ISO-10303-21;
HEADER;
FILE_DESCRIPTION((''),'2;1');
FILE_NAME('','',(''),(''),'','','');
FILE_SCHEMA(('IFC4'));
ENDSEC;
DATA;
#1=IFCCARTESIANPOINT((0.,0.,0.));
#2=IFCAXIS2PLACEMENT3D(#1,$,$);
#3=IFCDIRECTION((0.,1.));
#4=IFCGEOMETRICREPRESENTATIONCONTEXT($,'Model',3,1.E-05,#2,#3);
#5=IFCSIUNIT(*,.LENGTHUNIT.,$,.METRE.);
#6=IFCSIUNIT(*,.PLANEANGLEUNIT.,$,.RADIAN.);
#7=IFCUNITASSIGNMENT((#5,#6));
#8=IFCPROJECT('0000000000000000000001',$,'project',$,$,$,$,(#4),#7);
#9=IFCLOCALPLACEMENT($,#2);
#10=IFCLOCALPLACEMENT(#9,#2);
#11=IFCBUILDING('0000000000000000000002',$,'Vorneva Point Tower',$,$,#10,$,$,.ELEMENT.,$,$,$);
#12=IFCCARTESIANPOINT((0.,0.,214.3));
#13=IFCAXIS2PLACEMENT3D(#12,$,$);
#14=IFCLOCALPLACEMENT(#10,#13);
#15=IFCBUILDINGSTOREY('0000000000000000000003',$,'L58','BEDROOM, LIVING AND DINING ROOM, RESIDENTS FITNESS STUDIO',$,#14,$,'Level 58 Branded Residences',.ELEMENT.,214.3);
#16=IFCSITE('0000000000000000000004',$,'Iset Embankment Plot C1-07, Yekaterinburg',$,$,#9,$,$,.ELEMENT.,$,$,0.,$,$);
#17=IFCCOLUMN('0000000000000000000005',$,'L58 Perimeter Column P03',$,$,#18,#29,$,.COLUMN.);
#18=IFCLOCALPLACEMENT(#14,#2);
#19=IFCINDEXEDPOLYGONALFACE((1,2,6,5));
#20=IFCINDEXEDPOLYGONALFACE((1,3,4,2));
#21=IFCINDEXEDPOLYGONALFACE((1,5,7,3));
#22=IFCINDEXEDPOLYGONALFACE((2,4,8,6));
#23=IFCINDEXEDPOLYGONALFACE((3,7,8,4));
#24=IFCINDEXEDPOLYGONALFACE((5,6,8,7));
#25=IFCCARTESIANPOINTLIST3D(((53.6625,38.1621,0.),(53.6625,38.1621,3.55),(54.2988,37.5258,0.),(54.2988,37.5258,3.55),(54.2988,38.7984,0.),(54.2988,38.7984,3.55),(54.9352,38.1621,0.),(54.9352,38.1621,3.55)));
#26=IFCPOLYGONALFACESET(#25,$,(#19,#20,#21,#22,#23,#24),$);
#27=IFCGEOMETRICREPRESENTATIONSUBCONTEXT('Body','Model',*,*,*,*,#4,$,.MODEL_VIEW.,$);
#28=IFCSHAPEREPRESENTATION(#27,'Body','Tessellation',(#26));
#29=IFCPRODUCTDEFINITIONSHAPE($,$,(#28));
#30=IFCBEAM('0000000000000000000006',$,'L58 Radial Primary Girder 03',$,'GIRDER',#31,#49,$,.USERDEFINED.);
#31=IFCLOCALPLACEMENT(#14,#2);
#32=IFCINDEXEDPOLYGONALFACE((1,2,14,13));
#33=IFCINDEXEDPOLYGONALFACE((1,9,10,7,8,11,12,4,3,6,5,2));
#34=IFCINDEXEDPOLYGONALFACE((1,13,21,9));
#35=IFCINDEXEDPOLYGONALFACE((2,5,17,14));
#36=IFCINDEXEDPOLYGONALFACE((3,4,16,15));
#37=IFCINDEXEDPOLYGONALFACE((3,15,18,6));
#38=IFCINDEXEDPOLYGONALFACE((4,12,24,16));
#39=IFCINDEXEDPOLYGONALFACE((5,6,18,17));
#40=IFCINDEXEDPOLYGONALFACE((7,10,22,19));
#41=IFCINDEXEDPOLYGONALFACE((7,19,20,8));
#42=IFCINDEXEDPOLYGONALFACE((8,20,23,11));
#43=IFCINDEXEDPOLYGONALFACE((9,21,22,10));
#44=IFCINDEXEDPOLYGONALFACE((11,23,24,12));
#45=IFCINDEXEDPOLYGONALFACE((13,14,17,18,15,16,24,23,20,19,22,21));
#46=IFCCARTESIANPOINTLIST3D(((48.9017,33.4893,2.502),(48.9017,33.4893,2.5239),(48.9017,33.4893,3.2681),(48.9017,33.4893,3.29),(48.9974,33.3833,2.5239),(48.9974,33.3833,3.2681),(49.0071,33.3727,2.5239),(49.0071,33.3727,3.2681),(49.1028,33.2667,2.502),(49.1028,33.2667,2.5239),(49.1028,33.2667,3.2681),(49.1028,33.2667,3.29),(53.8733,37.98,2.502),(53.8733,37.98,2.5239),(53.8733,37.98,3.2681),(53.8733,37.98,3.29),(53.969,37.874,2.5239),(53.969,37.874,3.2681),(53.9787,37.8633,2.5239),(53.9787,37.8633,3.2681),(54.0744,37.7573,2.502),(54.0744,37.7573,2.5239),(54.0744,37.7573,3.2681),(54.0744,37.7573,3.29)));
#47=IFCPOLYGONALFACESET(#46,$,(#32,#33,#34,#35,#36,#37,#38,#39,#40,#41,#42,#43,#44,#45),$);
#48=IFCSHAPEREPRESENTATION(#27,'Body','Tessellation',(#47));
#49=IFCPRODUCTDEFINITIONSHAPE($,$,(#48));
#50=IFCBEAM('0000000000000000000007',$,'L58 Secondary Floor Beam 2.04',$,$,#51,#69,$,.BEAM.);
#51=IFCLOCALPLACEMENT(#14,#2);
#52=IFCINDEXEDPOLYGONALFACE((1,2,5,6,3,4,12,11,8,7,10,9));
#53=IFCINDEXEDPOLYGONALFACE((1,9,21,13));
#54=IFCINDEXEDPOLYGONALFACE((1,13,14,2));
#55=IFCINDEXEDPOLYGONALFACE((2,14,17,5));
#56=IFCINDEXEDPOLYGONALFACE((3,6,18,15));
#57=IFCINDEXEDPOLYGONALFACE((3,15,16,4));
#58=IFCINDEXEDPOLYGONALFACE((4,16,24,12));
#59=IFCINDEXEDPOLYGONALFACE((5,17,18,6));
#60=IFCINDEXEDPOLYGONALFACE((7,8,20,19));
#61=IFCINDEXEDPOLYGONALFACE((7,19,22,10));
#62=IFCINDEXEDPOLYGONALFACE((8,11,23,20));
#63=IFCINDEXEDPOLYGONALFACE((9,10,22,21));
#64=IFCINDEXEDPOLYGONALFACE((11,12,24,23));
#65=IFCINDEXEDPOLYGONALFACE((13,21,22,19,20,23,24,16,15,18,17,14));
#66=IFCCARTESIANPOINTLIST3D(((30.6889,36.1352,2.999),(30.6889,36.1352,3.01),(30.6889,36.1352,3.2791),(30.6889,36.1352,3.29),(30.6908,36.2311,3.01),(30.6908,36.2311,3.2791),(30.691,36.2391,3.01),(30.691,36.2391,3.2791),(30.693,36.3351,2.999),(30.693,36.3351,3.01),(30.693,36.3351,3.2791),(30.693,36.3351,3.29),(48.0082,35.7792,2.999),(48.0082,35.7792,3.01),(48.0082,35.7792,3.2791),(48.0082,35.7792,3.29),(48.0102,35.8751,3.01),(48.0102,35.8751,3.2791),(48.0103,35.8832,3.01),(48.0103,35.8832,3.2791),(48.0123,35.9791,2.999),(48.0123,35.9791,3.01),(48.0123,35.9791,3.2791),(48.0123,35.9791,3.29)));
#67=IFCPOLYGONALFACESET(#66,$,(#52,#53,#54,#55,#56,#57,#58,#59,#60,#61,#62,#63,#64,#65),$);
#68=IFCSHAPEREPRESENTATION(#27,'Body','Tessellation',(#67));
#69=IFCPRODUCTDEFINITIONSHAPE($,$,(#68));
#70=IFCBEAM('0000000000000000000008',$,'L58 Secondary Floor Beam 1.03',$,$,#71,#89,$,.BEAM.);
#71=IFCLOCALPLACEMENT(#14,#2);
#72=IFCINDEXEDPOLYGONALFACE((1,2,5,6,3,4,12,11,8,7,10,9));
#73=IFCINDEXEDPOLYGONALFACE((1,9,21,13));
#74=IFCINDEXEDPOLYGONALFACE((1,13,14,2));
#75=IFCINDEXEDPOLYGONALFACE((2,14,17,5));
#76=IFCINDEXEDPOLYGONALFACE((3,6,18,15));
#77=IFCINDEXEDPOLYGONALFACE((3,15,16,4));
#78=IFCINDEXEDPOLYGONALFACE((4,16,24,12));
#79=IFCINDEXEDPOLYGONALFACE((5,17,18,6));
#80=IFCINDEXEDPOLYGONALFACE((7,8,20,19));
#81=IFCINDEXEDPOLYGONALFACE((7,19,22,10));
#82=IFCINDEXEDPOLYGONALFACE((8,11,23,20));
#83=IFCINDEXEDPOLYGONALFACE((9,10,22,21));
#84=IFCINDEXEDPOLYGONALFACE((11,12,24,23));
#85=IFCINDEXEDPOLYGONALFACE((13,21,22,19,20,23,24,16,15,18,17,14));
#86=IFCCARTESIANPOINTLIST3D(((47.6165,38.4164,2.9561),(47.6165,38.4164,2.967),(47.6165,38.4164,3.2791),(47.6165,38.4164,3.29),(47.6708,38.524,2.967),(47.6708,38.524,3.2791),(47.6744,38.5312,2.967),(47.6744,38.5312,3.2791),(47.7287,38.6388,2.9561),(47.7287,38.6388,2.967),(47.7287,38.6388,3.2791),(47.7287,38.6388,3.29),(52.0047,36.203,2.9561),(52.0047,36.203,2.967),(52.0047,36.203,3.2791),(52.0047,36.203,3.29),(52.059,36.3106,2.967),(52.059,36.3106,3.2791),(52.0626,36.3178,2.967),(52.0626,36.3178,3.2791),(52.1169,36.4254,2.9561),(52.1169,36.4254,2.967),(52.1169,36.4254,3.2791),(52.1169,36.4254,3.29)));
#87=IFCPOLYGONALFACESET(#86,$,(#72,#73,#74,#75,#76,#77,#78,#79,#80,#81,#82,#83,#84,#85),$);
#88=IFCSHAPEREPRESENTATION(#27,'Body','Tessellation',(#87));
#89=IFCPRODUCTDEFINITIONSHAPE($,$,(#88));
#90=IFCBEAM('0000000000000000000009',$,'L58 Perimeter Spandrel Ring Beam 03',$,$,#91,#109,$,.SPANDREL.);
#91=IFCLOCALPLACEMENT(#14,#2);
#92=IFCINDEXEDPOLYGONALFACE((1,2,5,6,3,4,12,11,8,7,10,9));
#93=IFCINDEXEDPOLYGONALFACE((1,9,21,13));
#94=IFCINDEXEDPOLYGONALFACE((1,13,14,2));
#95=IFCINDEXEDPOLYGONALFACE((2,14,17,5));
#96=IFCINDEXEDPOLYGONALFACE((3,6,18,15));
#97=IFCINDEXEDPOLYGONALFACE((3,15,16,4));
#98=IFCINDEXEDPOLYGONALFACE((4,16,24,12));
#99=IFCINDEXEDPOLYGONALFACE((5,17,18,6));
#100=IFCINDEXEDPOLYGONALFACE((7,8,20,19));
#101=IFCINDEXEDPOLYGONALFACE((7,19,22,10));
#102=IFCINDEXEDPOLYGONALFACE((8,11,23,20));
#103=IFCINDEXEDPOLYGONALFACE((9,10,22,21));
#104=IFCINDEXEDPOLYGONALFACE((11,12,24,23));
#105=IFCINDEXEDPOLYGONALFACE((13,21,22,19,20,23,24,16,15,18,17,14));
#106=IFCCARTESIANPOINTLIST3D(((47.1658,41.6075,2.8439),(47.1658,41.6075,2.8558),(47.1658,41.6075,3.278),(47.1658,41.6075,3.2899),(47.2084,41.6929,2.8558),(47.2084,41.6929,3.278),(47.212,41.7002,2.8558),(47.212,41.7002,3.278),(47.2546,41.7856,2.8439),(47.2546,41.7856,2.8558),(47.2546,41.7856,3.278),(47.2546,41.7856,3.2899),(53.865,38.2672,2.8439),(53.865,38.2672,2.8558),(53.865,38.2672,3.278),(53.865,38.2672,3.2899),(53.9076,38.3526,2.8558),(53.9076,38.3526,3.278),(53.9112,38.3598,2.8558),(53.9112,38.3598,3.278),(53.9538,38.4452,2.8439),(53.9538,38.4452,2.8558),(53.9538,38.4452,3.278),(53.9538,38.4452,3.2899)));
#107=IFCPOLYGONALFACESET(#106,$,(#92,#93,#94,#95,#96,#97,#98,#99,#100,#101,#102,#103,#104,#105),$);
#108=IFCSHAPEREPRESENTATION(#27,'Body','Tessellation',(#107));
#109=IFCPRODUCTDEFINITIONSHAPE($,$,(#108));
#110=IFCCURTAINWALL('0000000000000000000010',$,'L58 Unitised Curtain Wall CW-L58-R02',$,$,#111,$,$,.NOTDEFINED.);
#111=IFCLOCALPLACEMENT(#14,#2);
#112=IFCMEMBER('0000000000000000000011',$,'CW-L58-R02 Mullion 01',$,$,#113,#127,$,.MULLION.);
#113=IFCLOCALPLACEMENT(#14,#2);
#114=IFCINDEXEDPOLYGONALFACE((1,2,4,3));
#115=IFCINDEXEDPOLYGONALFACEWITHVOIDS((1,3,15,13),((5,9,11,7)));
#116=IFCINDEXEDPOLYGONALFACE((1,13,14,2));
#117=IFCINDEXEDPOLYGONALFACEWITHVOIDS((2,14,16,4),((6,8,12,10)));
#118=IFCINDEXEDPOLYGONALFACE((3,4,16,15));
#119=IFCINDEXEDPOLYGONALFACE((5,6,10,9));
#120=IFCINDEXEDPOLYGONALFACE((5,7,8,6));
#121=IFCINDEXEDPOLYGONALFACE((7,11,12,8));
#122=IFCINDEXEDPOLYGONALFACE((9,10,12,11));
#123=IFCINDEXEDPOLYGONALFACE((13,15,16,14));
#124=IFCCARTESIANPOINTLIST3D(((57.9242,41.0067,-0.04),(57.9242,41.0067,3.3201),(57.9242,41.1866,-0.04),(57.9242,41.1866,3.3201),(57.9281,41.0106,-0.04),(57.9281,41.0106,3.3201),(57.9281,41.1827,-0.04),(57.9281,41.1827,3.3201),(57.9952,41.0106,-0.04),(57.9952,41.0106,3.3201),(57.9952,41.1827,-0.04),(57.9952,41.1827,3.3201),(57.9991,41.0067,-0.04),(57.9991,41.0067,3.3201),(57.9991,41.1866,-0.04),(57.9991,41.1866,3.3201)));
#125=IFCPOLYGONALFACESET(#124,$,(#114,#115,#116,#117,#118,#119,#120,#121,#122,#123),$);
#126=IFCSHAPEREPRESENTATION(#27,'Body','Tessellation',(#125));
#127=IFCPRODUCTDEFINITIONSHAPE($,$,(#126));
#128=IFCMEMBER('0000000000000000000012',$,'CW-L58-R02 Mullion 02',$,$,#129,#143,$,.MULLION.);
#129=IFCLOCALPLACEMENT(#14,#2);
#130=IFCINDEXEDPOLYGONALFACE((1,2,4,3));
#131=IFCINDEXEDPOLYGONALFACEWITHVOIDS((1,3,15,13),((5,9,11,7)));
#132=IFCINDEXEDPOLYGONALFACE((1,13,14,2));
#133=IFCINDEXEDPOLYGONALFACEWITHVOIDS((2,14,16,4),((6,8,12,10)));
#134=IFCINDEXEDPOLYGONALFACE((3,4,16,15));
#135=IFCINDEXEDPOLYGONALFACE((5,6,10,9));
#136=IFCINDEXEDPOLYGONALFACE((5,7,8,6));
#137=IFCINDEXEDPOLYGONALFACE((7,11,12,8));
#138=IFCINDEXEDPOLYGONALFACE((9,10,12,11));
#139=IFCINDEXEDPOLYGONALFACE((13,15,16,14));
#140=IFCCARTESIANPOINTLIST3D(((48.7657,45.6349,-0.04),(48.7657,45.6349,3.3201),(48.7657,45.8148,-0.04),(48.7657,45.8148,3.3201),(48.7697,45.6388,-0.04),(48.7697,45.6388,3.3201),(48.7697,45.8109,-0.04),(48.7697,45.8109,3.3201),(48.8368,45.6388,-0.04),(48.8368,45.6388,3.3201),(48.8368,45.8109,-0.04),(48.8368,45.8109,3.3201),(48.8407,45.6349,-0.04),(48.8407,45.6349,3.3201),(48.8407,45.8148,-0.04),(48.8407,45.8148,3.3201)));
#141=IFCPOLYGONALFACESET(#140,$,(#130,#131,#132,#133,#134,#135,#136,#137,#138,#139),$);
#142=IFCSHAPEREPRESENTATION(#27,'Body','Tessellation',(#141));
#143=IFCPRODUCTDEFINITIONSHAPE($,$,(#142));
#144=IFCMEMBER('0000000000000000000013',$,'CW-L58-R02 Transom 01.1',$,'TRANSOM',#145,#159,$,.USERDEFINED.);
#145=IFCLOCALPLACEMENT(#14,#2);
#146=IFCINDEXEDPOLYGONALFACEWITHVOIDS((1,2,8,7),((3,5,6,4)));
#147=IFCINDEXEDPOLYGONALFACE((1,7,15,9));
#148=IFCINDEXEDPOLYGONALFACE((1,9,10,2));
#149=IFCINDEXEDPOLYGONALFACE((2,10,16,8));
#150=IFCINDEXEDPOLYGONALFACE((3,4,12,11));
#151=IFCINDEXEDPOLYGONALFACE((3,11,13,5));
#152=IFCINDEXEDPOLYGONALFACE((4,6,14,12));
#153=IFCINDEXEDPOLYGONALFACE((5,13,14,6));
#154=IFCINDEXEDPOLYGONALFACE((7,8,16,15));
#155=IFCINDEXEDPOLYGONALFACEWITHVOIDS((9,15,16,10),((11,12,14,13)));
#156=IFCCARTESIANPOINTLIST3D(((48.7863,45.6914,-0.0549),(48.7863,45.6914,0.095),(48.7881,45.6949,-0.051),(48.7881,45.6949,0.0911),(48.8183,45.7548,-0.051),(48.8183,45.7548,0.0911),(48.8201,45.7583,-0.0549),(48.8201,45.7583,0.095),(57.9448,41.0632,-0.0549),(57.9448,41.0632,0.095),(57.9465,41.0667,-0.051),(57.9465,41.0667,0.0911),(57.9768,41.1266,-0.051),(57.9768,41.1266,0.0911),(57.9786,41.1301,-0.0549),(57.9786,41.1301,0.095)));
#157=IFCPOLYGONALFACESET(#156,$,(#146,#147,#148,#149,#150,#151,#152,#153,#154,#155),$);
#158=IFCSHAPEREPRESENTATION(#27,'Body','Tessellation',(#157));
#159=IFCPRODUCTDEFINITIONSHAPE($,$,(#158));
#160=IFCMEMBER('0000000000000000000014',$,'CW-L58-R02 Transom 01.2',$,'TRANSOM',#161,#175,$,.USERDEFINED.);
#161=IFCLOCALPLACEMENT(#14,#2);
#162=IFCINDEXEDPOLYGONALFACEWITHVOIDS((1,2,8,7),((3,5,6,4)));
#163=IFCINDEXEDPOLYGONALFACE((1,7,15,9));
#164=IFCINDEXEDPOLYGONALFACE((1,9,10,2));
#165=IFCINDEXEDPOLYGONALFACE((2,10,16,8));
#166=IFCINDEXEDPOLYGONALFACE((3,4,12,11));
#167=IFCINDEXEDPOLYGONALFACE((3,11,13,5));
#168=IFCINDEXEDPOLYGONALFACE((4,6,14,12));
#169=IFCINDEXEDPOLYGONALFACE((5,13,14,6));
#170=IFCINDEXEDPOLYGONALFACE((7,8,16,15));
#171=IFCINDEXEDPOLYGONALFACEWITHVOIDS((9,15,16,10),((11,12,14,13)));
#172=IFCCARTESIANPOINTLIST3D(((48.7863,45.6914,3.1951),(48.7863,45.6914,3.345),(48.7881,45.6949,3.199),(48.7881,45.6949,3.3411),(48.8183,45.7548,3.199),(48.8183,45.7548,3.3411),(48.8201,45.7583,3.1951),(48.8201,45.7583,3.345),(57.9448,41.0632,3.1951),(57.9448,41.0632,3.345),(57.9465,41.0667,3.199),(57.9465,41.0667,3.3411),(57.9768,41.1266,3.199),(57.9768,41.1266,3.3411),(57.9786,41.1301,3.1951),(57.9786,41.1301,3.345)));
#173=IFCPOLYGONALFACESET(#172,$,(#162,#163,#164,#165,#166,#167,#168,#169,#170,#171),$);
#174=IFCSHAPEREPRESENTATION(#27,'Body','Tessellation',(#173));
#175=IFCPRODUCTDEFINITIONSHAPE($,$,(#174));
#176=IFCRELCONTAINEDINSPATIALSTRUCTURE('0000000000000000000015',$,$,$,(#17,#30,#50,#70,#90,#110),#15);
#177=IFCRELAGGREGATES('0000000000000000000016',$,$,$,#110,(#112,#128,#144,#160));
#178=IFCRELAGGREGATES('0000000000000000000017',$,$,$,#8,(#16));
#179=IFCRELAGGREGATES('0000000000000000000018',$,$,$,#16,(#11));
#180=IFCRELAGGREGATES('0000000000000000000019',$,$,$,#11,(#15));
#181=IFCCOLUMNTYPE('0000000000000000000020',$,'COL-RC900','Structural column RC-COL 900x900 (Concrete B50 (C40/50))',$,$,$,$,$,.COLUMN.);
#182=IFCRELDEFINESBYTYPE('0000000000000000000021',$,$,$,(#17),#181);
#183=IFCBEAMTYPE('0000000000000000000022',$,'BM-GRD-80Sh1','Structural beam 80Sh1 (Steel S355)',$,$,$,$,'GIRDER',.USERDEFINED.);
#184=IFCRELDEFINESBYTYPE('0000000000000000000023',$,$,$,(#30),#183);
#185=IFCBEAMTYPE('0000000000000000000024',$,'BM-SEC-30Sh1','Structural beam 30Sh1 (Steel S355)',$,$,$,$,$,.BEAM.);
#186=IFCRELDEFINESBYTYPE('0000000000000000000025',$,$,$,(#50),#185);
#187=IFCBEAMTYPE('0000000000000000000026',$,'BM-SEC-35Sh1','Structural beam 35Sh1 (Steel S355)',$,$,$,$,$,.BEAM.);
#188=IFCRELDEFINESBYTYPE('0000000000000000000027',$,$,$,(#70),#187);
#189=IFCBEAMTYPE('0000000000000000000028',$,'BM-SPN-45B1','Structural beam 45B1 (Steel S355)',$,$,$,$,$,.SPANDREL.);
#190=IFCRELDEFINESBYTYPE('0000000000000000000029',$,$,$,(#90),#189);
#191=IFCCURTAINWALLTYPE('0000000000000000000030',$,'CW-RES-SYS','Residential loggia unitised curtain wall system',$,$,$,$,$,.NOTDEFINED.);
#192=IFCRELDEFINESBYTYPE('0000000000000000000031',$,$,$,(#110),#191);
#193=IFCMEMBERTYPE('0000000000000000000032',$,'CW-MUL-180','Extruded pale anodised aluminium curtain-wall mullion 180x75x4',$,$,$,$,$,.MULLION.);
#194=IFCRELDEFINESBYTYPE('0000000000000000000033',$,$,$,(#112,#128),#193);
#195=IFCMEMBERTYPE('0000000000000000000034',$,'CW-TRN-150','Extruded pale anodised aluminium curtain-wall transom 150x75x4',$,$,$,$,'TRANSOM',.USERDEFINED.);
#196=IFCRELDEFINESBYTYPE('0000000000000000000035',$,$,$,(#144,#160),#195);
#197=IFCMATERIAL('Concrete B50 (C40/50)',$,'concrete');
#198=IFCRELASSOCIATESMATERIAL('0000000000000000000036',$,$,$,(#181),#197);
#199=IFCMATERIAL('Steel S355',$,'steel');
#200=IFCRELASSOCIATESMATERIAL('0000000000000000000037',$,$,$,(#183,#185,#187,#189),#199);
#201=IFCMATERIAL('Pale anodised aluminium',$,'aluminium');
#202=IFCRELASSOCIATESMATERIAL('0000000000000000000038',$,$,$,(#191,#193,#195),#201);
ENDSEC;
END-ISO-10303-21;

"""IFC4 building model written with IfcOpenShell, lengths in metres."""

from ifc_helpers import new_model, si_unit, direction, frame, origin, origin_2d, place, context, subcontext, project, spatial, rectangle, hollow_rectangle, i_section, extrude, material, material_profile, profile_set, type_object, element, aggregate, save


model = new_model("IFC4")

# Units and contexts
model_context = context("Model", 3, precision=1e-05, world=origin(), true_north=direction((0.0, 1.0)))
body_context = subcontext(model_context, "Body", "Model", "MODEL_VIEW")
ifc_project = project(units=[si_unit("LENGTHUNIT", "METRE"), si_unit("PLANEANGLEUNIT", "RADIAN")], contexts=[model_context])

# Site, building, storey
site_placement = place(None, origin())
site = spatial("IfcSite", under=ifc_project, at=site_placement, Name="Iset Embankment Plot C1-07, Yekaterinburg", CompositionType="ELEMENT", RefElevation=0.0)
building_placement = place(site_placement, origin())
building = spatial("IfcBuilding", under=site, at=building_placement, Name="Vorneva Point Tower", CompositionType="ELEMENT")
storey_placement = place(building_placement, frame((0.0, 0.0, 214.3)))
storey = spatial("IfcBuildingStorey", under=building, at=storey_placement, Name="L58", Description="BEDROOM, LIVING AND DINING ROOM, RESIDENTS FITNESS STUDIO", LongName="Level 58 Branded Residences", CompositionType="ELEMENT", Elevation=214.3)

# Column
ifc_material_1 = material(Name="Concrete B50 (C40/50)", Category="concrete")
ifc_material_profile_1 = material_profile(ifc_material_1, rectangle(XDim=0.8999, YDim=0.8999, at=origin_2d()), Name="RC-COL 900x900")
ifc_profile_set_1 = profile_set([ifc_material_profile_1], Name="Concrete B50 (C40/50)")
column_type = type_object("IfcColumnType", Name="COL-RC900", Description="Structural column RC-COL 900x900 (Concrete B50 (C40/50))", PredefinedType="COLUMN", material=ifc_profile_set_1)
column_placement = place(storey_placement, frame((54.2988, 38.1621, 0.0), z_axis=(0.0, 0.0, 1.0), x_axis=(0.707107, 0.707107, 0.0)))
element("IfcColumn", 1, at=column_placement, inside=storey, type_object=column_type, Name="L58 Perimeter Column P03", PredefinedType="COLUMN", context=body_context, shape_type="SweptSolid", body=[
    extrude(rectangle(XDim=0.8999, YDim=0.8999, at=origin_2d()), origin(), (0.0, 0.0, 1.0), 3.55),
])

# Beams
ifc_material_2 = material(Name="Steel S355", Category="steel")
ifc_material_profile_2 = material_profile(ifc_material_2, i_section(OverallWidth=0.3, OverallDepth=0.7881, WebThickness=0.0144, FlangeThickness=0.022, at=origin_2d()), Name="80Sh1")
ifc_profile_set_2 = profile_set([ifc_material_profile_2], Name="Steel S355")
beam_type_1 = type_object("IfcBeamType", Name="BM-GRD-80Sh1", Description="Structural beam 80Sh1 (Steel S355)", ElementType="GIRDER", PredefinedType="USERDEFINED", material=ifc_profile_set_2)
beam_1_placement = place(storey_placement, frame((53.9739, 37.8687, 2.896), z_axis=(-0.74209, -0.670301, 0.0), x_axis=(0.670301, -0.74209, 0.0)))
element("IfcBeam", 2, at=beam_1_placement, inside=storey, type_object=beam_type_1, Name="L58 Radial Primary Girder 03", ObjectType="GIRDER", PredefinedType="USERDEFINED", context=body_context, shape_type="SweptSolid", body=[
    extrude(i_section(OverallWidth=0.3, OverallDepth=0.7881, WebThickness=0.0144, FlangeThickness=0.022, at=origin_2d()), origin(), (0.0, 0.0, 1.0), 6.6995),
])
ifc_material_profile_3 = material_profile(ifc_material_2, i_section(OverallWidth=0.2, OverallDepth=0.291, WebThickness=0.0081, FlangeThickness=0.011, at=origin_2d()), Name="30Sh1")
ifc_profile_set_3 = profile_set([ifc_material_profile_3], Name="Steel S355")
beam_type_2 = type_object("IfcBeamType", Name="BM-SEC-30Sh1", Description="Structural beam 30Sh1 (Steel S355)", PredefinedType="BEAM", material=ifc_profile_set_3)
beam_2_placement = place(storey_placement, frame((48.0103, 35.8792, 3.1445), z_axis=(-0.999789, 0.020548, 0.0), x_axis=(-0.020548, -0.999789, 0.0)))
element("IfcBeam", 3, at=beam_2_placement, inside=storey, type_object=beam_type_2, Name="L58 Secondary Floor Beam 2.04", PredefinedType="BEAM", context=body_context, shape_type="SweptSolid", body=[
    extrude(i_section(OverallWidth=0.2, OverallDepth=0.291, WebThickness=0.0081, FlangeThickness=0.011, at=origin_2d()), origin(), (0.0, 0.0, 1.0), 17.323),
])
ifc_material_profile_4 = material_profile(ifc_material_2, i_section(OverallWidth=0.249, OverallDepth=0.334, WebThickness=0.0081, FlangeThickness=0.011, at=origin_2d()), Name="35Sh1")
ifc_profile_set_4 = profile_set([ifc_material_profile_4], Name="Steel S355")
beam_type_3 = type_object("IfcBeamType", Name="BM-SEC-35Sh1", Description="Structural beam 35Sh1 (Steel S355)", PredefinedType="BEAM", material=ifc_profile_set_4)
beam_3_placement = place(storey_placement, frame((52.0608, 36.3142, 3.123), z_axis=(-0.892852, 0.45035, 0.0), x_axis=(-0.45035, -0.892852, 0.0)))
element("IfcBeam", 4, at=beam_3_placement, inside=storey, type_object=beam_type_3, Name="L58 Secondary Floor Beam 1.03", PredefinedType="BEAM", context=body_context, shape_type="SweptSolid", body=[
    extrude(i_section(OverallWidth=0.249, OverallDepth=0.334, WebThickness=0.0081, FlangeThickness=0.011, at=origin_2d()), origin(), (0.0, 0.0, 1.0), 4.9148),
])
ifc_material_profile_5 = material_profile(ifc_material_2, i_section(OverallWidth=0.199, OverallDepth=0.446, WebThickness=0.0081, FlangeThickness=0.012, at=origin_2d()), Name="45B1")
ifc_profile_set_5 = profile_set([ifc_material_profile_5], Name="Steel S355")
beam_type_4 = type_object("IfcBeamType", Name="BM-SPN-45B1", Description="Structural beam 45B1 (Steel S355)", PredefinedType="SPANDREL", material=ifc_profile_set_5)
beam_4_placement = place(storey_placement, frame((53.9094, 38.3562, 3.0669), z_axis=(-0.894922, 0.446222, 0.0), x_axis=(-0.446222, -0.894922, 0.0)))
element("IfcBeam", 5, at=beam_4_placement, inside=storey, type_object=beam_type_4, Name="L58 Perimeter Spandrel Ring Beam 03", PredefinedType="SPANDREL", context=body_context, shape_type="SweptSolid", body=[
    extrude(i_section(OverallWidth=0.199, OverallDepth=0.446, WebThickness=0.0081, FlangeThickness=0.012, at=origin_2d()), origin(), (0.0, 0.0, 1.0), 7.4858),
])

# Curtain wall, members
ifc_material_3 = material(Name="Pale anodised aluminium", Category="aluminium")
curtain_wall_type = type_object("IfcCurtainWallType", Name="CW-RES-SYS", Description="Residential loggia unitised curtain wall system", PredefinedType="NOTDEFINED", material=ifc_material_3)
curtain_wall_placement = place(storey_placement, origin())
curtain_wall = element("IfcCurtainWall", 6, at=curtain_wall_placement, inside=storey, type_object=curtain_wall_type, Name="L58 Unitised Curtain Wall CW-L58-R02", PredefinedType="NOTDEFINED")
ifc_material_profile_6 = material_profile(ifc_material_3, hollow_rectangle(XDim=0.075, YDim=0.1799, WallThickness=0.0039, at=origin_2d()), Name="AL-MUL 180x75x4")
ifc_profile_set_6 = profile_set([ifc_material_profile_6], Name="Pale anodised aluminium")
member_type_1 = type_object("IfcMemberType", Name="CW-MUL-180", Description="Extruded pale anodised aluminium curtain-wall mullion 180x75x4", PredefinedType="MULLION", material=ifc_profile_set_6)
member_1_placement = place(storey_placement, frame((57.9617, 41.0967, -0.04), z_axis=(0.0, 0.0, 1.0), x_axis=(1.0, 0.0, 0.0)))
member_1 = element("IfcMember", 7, at=member_1_placement, type_object=member_type_1, Name="CW-L58-R02 Mullion 01", PredefinedType="MULLION", context=body_context, shape_type="SweptSolid", body=[
    extrude(hollow_rectangle(XDim=0.075, YDim=0.1799, WallThickness=0.0039, at=origin_2d()), origin(), (0.0, 0.0, 1.0), 3.3601),
])
member_2_placement = place(storey_placement, frame((48.8032, 45.7249, -0.04), z_axis=(0.0, 0.0, 1.0), x_axis=(1.0, 0.0, 0.0)))
member_2 = element("IfcMember", 8, at=member_2_placement, type_object=member_type_1, Name="CW-L58-R02 Mullion 02", PredefinedType="MULLION", context=body_context, shape_type="SweptSolid", body=[
    extrude(hollow_rectangle(XDim=0.075, YDim=0.1799, WallThickness=0.0039, at=origin_2d()), origin(), (0.0, 0.0, 1.0), 3.3601),
])
ifc_material_profile_7 = material_profile(ifc_material_3, hollow_rectangle(XDim=0.075, YDim=0.1499, WallThickness=0.0039, at=origin_2d()), Name="AL-TRN 150x75x4")
ifc_profile_set_7 = profile_set([ifc_material_profile_7], Name="Pale anodised aluminium")
member_type_2 = type_object("IfcMemberType", Name="CW-TRN-150", Description="Extruded pale anodised aluminium curtain-wall transom 150x75x4", ElementType="TRANSOM", PredefinedType="USERDEFINED", material=ifc_profile_set_7)
member_3_placement = place(storey_placement, frame((57.9617, 41.0967, 0.02), z_axis=(-0.892511, 0.451026, 0.0), x_axis=(-0.451026, -0.892511, 0.0)))
member_3 = element("IfcMember", 9, at=member_3_placement, type_object=member_type_2, Name="CW-L58-R02 Transom 01.1", ObjectType="TRANSOM", PredefinedType="USERDEFINED", context=body_context, shape_type="SweptSolid", body=[
    extrude(hollow_rectangle(XDim=0.075, YDim=0.1499, WallThickness=0.0039, at=origin_2d()), origin(), (0.0, 0.0, 1.0), 10.2615),
])
member_4_placement = place(storey_placement, frame((57.9617, 41.0967, 3.27), z_axis=(-0.892511, 0.451026, 0.0), x_axis=(-0.451026, -0.892511, 0.0)))
member_4 = element("IfcMember", 10, at=member_4_placement, type_object=member_type_2, Name="CW-L58-R02 Transom 01.2", ObjectType="TRANSOM", PredefinedType="USERDEFINED", context=body_context, shape_type="SweptSolid", body=[
    extrude(hollow_rectangle(XDim=0.075, YDim=0.1499, WallThickness=0.0039, at=origin_2d()), origin(), (0.0, 0.0, 1.0), 10.2615),
])
aggregate(curtain_wall, [member_1, member_2, member_3, member_4])

save(model, "model.ifc")
